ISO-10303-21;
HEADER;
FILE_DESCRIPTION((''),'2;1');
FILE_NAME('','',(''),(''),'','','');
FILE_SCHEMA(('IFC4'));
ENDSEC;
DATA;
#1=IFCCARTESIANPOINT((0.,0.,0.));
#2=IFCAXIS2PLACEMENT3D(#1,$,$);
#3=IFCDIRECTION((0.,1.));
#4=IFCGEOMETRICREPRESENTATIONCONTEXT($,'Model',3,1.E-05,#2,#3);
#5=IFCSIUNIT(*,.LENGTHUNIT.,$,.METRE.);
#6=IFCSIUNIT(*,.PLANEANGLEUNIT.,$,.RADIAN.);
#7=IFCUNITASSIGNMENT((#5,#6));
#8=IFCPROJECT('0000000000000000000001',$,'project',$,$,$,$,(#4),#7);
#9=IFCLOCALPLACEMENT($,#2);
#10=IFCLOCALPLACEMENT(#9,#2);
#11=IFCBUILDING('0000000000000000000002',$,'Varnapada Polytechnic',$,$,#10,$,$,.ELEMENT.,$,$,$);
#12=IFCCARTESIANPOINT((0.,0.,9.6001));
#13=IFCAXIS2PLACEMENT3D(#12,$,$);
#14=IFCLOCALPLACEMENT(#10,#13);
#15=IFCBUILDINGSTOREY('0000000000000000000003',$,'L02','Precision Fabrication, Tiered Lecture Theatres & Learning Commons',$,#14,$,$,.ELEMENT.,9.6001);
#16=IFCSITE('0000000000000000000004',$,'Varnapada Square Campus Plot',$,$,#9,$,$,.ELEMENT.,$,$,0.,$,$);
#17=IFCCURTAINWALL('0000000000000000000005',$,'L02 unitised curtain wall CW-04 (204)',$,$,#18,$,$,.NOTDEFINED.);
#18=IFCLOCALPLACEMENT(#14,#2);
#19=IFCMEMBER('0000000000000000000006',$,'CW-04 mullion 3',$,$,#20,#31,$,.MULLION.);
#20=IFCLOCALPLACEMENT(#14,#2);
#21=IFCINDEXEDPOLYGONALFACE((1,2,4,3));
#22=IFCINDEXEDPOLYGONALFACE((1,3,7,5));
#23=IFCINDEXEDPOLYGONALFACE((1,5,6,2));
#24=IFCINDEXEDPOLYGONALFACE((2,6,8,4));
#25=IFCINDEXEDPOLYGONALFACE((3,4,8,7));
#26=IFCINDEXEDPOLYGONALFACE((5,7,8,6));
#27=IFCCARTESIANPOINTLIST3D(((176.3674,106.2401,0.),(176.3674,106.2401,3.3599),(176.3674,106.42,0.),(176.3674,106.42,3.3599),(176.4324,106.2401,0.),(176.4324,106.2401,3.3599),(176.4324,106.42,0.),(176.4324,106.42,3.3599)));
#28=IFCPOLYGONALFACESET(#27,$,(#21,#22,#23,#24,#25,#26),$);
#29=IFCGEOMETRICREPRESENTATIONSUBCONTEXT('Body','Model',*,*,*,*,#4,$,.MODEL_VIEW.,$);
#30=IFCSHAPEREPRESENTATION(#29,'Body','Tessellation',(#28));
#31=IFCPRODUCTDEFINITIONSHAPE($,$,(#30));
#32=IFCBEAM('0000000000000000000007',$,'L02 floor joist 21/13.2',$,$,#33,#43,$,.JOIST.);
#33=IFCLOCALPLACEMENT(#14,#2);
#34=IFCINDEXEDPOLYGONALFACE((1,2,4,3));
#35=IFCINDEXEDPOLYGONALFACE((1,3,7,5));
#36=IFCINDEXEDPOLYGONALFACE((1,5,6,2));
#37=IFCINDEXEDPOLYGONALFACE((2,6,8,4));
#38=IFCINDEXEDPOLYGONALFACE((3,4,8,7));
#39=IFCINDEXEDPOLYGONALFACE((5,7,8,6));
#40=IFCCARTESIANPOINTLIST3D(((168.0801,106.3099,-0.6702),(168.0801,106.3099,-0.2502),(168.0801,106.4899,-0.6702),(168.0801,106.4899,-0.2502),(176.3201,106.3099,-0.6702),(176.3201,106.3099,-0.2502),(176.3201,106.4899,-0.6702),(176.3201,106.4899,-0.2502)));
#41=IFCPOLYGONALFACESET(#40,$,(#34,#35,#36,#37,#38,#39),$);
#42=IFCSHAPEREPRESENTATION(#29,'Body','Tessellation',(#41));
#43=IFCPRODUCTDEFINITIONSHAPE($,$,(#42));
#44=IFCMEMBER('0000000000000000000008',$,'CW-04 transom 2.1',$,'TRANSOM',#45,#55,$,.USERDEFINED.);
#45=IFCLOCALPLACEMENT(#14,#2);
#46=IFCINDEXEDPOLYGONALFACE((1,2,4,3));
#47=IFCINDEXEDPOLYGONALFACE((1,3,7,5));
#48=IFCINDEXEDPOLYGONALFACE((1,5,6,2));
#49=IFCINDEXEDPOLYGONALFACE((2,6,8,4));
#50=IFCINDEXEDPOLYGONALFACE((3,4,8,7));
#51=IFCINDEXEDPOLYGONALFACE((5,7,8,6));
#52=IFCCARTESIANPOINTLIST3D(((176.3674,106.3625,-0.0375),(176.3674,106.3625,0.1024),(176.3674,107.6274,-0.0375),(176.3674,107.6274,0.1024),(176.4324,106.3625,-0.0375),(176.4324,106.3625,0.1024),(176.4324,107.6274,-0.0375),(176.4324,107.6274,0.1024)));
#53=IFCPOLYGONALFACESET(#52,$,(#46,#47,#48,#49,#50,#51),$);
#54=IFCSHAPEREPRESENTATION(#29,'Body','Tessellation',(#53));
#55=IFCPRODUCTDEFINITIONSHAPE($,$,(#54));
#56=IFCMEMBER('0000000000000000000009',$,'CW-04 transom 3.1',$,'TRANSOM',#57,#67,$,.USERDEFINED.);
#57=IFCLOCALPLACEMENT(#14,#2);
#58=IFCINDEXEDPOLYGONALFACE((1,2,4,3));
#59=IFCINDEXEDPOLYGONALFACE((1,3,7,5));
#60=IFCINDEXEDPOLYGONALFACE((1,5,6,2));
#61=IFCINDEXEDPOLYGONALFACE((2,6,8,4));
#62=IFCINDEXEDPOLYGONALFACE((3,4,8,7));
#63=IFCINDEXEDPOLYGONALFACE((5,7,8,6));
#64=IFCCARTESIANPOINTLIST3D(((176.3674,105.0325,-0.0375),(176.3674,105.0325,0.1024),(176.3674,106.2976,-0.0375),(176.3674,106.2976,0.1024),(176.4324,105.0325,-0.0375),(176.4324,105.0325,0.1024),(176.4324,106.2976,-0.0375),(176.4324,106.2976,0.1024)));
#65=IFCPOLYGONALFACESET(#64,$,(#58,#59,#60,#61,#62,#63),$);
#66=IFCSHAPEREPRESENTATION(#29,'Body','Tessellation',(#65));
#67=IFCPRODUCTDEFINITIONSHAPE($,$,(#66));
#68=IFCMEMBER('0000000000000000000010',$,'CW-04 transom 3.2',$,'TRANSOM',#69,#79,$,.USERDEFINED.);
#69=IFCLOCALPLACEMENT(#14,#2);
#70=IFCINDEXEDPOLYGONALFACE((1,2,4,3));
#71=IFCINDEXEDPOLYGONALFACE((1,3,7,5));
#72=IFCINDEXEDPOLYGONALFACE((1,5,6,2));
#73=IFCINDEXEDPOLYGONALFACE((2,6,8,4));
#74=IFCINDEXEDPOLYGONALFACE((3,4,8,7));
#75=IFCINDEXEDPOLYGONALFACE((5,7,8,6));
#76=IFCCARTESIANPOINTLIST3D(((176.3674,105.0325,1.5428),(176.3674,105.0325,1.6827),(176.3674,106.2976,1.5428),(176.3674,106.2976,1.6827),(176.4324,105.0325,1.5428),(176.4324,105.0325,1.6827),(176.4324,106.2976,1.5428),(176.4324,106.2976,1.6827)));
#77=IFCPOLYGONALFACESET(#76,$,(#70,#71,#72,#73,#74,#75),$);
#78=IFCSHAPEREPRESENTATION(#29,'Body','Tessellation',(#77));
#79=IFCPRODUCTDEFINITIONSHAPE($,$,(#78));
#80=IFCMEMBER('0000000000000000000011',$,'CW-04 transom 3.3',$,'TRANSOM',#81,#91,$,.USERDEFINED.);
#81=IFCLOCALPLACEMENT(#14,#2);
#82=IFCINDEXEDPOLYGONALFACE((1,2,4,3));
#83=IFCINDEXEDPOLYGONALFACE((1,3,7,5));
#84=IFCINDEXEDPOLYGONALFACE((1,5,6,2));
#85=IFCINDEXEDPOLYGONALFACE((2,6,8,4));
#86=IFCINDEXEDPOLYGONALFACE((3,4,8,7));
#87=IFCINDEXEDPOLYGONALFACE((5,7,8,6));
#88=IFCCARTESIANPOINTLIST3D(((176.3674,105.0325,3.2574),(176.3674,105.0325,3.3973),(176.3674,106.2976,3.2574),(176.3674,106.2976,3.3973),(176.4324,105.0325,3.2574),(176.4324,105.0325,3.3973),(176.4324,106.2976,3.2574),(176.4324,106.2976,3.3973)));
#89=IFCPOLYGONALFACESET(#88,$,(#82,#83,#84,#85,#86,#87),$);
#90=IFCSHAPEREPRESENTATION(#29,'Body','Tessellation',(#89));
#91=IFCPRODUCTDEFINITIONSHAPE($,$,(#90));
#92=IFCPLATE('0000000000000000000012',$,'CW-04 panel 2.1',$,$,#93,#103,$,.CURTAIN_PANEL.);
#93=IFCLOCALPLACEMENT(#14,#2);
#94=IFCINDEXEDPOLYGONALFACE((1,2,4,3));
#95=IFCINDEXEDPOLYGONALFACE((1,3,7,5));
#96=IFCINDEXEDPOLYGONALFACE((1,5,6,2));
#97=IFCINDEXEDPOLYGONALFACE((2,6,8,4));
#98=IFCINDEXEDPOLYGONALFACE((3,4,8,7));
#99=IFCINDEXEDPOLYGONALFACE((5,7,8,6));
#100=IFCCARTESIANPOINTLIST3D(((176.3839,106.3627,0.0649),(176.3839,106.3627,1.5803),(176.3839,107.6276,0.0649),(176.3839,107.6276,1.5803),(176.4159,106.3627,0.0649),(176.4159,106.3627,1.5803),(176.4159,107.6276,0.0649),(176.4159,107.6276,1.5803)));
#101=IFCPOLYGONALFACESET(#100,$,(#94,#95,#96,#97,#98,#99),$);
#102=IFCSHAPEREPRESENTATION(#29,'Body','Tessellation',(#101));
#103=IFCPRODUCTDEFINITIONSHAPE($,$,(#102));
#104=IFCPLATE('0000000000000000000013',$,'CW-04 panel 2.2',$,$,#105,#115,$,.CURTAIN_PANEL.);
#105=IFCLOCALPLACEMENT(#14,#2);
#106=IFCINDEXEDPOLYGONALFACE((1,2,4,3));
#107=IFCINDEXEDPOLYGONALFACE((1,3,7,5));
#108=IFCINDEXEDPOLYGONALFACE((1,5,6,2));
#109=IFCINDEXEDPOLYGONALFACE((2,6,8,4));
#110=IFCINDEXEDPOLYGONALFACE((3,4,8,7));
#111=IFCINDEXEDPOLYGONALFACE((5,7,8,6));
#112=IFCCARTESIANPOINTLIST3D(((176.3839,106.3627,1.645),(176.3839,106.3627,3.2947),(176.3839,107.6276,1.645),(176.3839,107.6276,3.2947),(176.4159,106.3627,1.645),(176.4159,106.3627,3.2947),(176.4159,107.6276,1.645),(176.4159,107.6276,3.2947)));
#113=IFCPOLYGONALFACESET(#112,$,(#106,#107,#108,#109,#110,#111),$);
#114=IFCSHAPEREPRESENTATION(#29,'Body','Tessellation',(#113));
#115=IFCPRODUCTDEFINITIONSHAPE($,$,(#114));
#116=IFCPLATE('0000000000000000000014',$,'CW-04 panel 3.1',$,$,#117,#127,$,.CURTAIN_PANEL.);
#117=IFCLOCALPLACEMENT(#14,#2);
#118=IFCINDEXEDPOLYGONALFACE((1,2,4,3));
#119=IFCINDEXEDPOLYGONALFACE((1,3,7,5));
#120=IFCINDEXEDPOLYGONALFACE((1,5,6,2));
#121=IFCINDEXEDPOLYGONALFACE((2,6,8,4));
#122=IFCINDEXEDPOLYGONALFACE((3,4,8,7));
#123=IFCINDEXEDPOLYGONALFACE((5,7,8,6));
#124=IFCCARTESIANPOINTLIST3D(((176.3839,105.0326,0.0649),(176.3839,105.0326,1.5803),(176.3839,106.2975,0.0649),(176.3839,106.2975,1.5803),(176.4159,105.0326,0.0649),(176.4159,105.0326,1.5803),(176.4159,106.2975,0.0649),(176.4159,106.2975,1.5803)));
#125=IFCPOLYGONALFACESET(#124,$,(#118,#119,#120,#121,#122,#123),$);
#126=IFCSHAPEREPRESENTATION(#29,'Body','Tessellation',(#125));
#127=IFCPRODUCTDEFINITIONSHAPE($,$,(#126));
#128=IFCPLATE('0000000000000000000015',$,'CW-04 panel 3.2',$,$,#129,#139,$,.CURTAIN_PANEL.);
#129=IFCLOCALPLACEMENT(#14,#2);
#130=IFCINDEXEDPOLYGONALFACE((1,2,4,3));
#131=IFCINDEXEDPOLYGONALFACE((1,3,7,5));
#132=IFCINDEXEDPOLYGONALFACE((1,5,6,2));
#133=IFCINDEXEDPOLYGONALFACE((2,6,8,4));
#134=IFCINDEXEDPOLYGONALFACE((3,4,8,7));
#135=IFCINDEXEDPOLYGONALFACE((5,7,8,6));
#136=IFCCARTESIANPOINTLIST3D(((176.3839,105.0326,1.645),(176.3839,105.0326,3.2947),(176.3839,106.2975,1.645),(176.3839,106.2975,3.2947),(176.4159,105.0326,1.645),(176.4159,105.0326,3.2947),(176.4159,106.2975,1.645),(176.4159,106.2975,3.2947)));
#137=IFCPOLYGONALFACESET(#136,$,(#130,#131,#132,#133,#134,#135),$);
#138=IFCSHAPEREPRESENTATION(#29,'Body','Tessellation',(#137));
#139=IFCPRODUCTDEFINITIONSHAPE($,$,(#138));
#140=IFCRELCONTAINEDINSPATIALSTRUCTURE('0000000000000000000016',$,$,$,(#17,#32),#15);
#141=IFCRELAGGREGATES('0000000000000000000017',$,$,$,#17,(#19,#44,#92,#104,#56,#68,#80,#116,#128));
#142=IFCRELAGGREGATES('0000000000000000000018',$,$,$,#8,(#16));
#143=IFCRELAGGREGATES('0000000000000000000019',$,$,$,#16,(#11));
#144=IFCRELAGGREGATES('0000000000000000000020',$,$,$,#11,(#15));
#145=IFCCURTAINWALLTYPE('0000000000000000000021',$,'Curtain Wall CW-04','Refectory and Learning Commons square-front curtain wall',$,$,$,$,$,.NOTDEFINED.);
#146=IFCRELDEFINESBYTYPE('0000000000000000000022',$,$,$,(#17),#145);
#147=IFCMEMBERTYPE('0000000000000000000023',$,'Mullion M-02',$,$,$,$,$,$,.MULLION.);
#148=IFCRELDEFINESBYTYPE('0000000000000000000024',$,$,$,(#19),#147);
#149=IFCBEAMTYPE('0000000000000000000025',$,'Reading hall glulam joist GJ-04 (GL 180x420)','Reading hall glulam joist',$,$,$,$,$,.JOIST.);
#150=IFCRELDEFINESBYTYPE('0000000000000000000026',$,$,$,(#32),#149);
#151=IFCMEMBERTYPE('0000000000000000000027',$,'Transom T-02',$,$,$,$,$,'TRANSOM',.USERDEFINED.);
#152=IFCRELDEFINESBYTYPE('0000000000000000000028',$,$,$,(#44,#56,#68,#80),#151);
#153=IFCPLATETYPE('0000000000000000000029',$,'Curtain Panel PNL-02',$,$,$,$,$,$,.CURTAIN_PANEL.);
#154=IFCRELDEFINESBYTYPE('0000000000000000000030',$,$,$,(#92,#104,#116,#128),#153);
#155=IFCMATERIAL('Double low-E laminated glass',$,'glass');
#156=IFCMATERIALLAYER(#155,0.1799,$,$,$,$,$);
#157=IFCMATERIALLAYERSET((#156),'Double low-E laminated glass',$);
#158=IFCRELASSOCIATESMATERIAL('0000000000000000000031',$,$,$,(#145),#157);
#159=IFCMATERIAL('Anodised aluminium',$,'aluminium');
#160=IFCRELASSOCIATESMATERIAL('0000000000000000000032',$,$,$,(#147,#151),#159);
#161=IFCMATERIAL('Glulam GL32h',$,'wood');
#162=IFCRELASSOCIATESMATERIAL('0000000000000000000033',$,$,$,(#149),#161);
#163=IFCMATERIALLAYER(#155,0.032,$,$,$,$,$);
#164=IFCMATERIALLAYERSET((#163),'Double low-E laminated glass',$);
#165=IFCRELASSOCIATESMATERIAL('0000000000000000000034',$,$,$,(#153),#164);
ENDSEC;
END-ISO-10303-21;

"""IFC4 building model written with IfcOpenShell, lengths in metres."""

from ifc_helpers import new_model, si_unit, direction, frame, origin, origin_2d, place, context, subcontext, project, spatial, rectangle, extrude, material, layer, layer_set, material_profile, profile_set, type_object, element, aggregate, save


model = new_model("IFC4")

# Units and contexts
model_context = context("Model", 3, precision=1e-05, world=origin(), true_north=direction((0.0, 1.0)))
body_context = subcontext(model_context, "Body", "Model", "MODEL_VIEW")
ifc_project = project(units=[si_unit("LENGTHUNIT", "METRE"), si_unit("PLANEANGLEUNIT", "RADIAN")], contexts=[model_context])

# Site, building, storey
site_placement = place(None, origin())
site = spatial("IfcSite", under=ifc_project, at=site_placement, Name="Varnapada Square Campus Plot", CompositionType="ELEMENT", RefElevation=0.0)
building_placement = place(site_placement, origin())
building = spatial("IfcBuilding", under=site, at=building_placement, Name="Varnapada Polytechnic", CompositionType="ELEMENT")
storey_placement = place(building_placement, frame((0.0, 0.0, 9.6001)))
storey = spatial("IfcBuildingStorey", under=building, at=storey_placement, Name="L02", Description="Precision Fabrication, Tiered Lecture Theatres & Learning Commons", CompositionType="ELEMENT", Elevation=9.6001)

# Curtain wall, member
ifc_material_1 = material(Name="Double low-E laminated glass", Category="glass")
ifc_layer_1 = layer(ifc_material_1, 0.1799)
ifc_layer_set_1 = layer_set([ifc_layer_1], Name="Double low-E laminated glass")
curtain_wall_type = type_object("IfcCurtainWallType", Name="Curtain Wall CW-04", Description="Refectory and Learning Commons square-front curtain wall", PredefinedType="NOTDEFINED", material=ifc_layer_set_1)
curtain_wall_placement = place(storey_placement, origin())
curtain_wall = element("IfcCurtainWall", 1, at=curtain_wall_placement, inside=storey, type_object=curtain_wall_type, Name="L02 unitised curtain wall CW-04 (204)", PredefinedType="NOTDEFINED")
ifc_material_2 = material(Name="Anodised aluminium", Category="aluminium")
ifc_material_profile_1 = material_profile(ifc_material_2, rectangle(XDim=0.0649, YDim=0.1799, at=origin_2d()), Name="ALU M65x180")
ifc_profile_set_1 = profile_set([ifc_material_profile_1], Name="Anodised aluminium")
member_type_1 = type_object("IfcMemberType", Name="Mullion M-02", PredefinedType="MULLION", material=ifc_profile_set_1)
member_1_placement = place(storey_placement, frame((176.3999, 106.3301, 0.0), z_axis=(0.0, 0.0, 1.0), x_axis=(1.0, 0.0, 0.0)))
member_1 = element("IfcMember", 2, at=member_1_placement, type_object=member_type_1, Name="CW-04 mullion 3", PredefinedType="MULLION", context=body_context, shape_type="SweptSolid", body=[
    extrude(rectangle(XDim=0.0649, YDim=0.1799, at=origin_2d()), origin(), (0.0, 0.0, 1.0), 3.3599),
])

# Beam
ifc_material_3 = material(Name="Glulam GL32h", Category="wood")
ifc_material_profile_2 = material_profile(ifc_material_3, rectangle(XDim=0.1799, YDim=0.4199, at=origin_2d()), Name="GL 180x420")
ifc_profile_set_2 = profile_set([ifc_material_profile_2], Name="Glulam GL32h")
beam_type = type_object("IfcBeamType", Name="Reading hall glulam joist GJ-04 (GL 180x420)", Description="Reading hall glulam joist", PredefinedType="JOIST", material=ifc_profile_set_2)
beam_placement = place(storey_placement, frame((168.0801, 106.3999, -0.4602), z_axis=(1.0, 0.0, 0.0), x_axis=(0.0, 1.0, 0.0)))
element("IfcBeam", 3, at=beam_placement, inside=storey, type_object=beam_type, Name="L02 floor joist 21/13.2", PredefinedType="JOIST", context=body_context, shape_type="SweptSolid", body=[
    extrude(rectangle(XDim=0.1799, YDim=0.4199, at=origin_2d()), origin(), (0.0, 0.0, 1.0), 8.24),
])

# Members
ifc_material_profile_3 = material_profile(ifc_material_2, rectangle(XDim=0.0649, YDim=0.1399, at=origin_2d()), Name="ALU T65x140")
ifc_profile_set_3 = profile_set([ifc_material_profile_3], Name="Anodised aluminium")
member_type_2 = type_object("IfcMemberType", Name="Transom T-02", ElementType="TRANSOM", PredefinedType="USERDEFINED", material=ifc_profile_set_3)
member_2_placement = place(storey_placement, frame((176.3999, 107.6274, 0.0325), z_axis=(0.0, -1.0, 0.0), x_axis=(1.0, 0.0, 0.0)))
member_2 = element("IfcMember", 4, at=member_2_placement, type_object=member_type_2, Name="CW-04 transom 2.1", ObjectType="TRANSOM", PredefinedType="USERDEFINED", context=body_context, shape_type="SweptSolid", body=[
    extrude(rectangle(XDim=0.0649, YDim=0.1399, at=origin_2d()), origin(), (0.0, 0.0, 1.0), 1.2649),
])
member_3_placement = place(storey_placement, frame((176.3999, 106.2976, 0.0325), z_axis=(0.0, -1.0, 0.0), x_axis=(1.0, 0.0, 0.0)))
member_3 = element("IfcMember", 5, at=member_3_placement, type_object=member_type_2, Name="CW-04 transom 3.1", ObjectType="TRANSOM", PredefinedType="USERDEFINED", context=body_context, shape_type="SweptSolid", body=[
    extrude(rectangle(XDim=0.0649, YDim=0.1399, at=origin_2d()), origin(), (0.0, 0.0, 1.0), 1.2651),
])
member_4_placement = place(storey_placement, frame((176.3999, 106.2976, 1.6128), z_axis=(0.0, -1.0, 0.0), x_axis=(1.0, 0.0, 0.0)))
member_4 = element("IfcMember", 6, at=member_4_placement, type_object=member_type_2, Name="CW-04 transom 3.2", ObjectType="TRANSOM", PredefinedType="USERDEFINED", context=body_context, shape_type="SweptSolid", body=[
    extrude(rectangle(XDim=0.0649, YDim=0.1399, at=origin_2d()), origin(), (0.0, 0.0, 1.0), 1.2651),
])
member_5_placement = place(storey_placement, frame((176.3999, 106.2976, 3.3274), z_axis=(0.0, -1.0, 0.0), x_axis=(1.0, 0.0, 0.0)))
member_5 = element("IfcMember", 7, at=member_5_placement, type_object=member_type_2, Name="CW-04 transom 3.3", ObjectType="TRANSOM", PredefinedType="USERDEFINED", context=body_context, shape_type="SweptSolid", body=[
    extrude(rectangle(XDim=0.0649, YDim=0.1399, at=origin_2d()), origin(), (0.0, 0.0, 1.0), 1.2651),
])

# Plates
ifc_layer_2 = layer(ifc_material_1, 0.032)
ifc_layer_set_2 = layer_set([ifc_layer_2], Name="Double low-E laminated glass")
plate_type = type_object("IfcPlateType", Name="Curtain Panel PNL-02", PredefinedType="CURTAIN_PANEL", material=ifc_layer_set_2)
plate_1_placement = place(storey_placement, frame((176.3999, 106.9951, 0.0649), z_axis=(0.0, 0.0, 1.0), x_axis=(0.0, -1.0, 0.0)))
plate_1 = element("IfcPlate", 8, at=plate_1_placement, type_object=plate_type, Name="CW-04 panel 2.1", PredefinedType="CURTAIN_PANEL", context=body_context, shape_type="SweptSolid", body=[
    extrude(rectangle(XDim=1.2649, YDim=0.032, at=origin_2d()), origin(), (0.0, 0.0, 1.0), 1.5154),
])
plate_2_placement = place(storey_placement, frame((176.3999, 106.9951, 1.645), z_axis=(0.0, 0.0, 1.0), x_axis=(0.0, -1.0, 0.0)))
plate_2 = element("IfcPlate", 9, at=plate_2_placement, type_object=plate_type, Name="CW-04 panel 2.2", PredefinedType="CURTAIN_PANEL", context=body_context, shape_type="SweptSolid", body=[
    extrude(rectangle(XDim=1.2649, YDim=0.032, at=origin_2d()), origin(), (0.0, 0.0, 1.0), 1.6497),
])
plate_3_placement = place(storey_placement, frame((176.3999, 105.665, 0.0649), z_axis=(0.0, 0.0, 1.0), x_axis=(0.0, -1.0, 0.0)))
plate_3 = element("IfcPlate", 10, at=plate_3_placement, type_object=plate_type, Name="CW-04 panel 3.1", PredefinedType="CURTAIN_PANEL", context=body_context, shape_type="SweptSolid", body=[
    extrude(rectangle(XDim=1.2649, YDim=0.032, at=origin_2d()), origin(), (0.0, 0.0, 1.0), 1.5154),
])
plate_4_placement = place(storey_placement, frame((176.3999, 105.665, 1.645), z_axis=(0.0, 0.0, 1.0), x_axis=(0.0, -1.0, 0.0)))
plate_4 = element("IfcPlate", 11, at=plate_4_placement, type_object=plate_type, Name="CW-04 panel 3.2", PredefinedType="CURTAIN_PANEL", context=body_context, shape_type="SweptSolid", body=[
    extrude(rectangle(XDim=1.2649, YDim=0.032, at=origin_2d()), origin(), (0.0, 0.0, 1.0), 1.6497),
])
aggregate(curtain_wall, [member_1, member_2, plate_1, plate_2, member_3, member_4, member_5, plate_3, plate_4])

save(model, "model.ifc")
